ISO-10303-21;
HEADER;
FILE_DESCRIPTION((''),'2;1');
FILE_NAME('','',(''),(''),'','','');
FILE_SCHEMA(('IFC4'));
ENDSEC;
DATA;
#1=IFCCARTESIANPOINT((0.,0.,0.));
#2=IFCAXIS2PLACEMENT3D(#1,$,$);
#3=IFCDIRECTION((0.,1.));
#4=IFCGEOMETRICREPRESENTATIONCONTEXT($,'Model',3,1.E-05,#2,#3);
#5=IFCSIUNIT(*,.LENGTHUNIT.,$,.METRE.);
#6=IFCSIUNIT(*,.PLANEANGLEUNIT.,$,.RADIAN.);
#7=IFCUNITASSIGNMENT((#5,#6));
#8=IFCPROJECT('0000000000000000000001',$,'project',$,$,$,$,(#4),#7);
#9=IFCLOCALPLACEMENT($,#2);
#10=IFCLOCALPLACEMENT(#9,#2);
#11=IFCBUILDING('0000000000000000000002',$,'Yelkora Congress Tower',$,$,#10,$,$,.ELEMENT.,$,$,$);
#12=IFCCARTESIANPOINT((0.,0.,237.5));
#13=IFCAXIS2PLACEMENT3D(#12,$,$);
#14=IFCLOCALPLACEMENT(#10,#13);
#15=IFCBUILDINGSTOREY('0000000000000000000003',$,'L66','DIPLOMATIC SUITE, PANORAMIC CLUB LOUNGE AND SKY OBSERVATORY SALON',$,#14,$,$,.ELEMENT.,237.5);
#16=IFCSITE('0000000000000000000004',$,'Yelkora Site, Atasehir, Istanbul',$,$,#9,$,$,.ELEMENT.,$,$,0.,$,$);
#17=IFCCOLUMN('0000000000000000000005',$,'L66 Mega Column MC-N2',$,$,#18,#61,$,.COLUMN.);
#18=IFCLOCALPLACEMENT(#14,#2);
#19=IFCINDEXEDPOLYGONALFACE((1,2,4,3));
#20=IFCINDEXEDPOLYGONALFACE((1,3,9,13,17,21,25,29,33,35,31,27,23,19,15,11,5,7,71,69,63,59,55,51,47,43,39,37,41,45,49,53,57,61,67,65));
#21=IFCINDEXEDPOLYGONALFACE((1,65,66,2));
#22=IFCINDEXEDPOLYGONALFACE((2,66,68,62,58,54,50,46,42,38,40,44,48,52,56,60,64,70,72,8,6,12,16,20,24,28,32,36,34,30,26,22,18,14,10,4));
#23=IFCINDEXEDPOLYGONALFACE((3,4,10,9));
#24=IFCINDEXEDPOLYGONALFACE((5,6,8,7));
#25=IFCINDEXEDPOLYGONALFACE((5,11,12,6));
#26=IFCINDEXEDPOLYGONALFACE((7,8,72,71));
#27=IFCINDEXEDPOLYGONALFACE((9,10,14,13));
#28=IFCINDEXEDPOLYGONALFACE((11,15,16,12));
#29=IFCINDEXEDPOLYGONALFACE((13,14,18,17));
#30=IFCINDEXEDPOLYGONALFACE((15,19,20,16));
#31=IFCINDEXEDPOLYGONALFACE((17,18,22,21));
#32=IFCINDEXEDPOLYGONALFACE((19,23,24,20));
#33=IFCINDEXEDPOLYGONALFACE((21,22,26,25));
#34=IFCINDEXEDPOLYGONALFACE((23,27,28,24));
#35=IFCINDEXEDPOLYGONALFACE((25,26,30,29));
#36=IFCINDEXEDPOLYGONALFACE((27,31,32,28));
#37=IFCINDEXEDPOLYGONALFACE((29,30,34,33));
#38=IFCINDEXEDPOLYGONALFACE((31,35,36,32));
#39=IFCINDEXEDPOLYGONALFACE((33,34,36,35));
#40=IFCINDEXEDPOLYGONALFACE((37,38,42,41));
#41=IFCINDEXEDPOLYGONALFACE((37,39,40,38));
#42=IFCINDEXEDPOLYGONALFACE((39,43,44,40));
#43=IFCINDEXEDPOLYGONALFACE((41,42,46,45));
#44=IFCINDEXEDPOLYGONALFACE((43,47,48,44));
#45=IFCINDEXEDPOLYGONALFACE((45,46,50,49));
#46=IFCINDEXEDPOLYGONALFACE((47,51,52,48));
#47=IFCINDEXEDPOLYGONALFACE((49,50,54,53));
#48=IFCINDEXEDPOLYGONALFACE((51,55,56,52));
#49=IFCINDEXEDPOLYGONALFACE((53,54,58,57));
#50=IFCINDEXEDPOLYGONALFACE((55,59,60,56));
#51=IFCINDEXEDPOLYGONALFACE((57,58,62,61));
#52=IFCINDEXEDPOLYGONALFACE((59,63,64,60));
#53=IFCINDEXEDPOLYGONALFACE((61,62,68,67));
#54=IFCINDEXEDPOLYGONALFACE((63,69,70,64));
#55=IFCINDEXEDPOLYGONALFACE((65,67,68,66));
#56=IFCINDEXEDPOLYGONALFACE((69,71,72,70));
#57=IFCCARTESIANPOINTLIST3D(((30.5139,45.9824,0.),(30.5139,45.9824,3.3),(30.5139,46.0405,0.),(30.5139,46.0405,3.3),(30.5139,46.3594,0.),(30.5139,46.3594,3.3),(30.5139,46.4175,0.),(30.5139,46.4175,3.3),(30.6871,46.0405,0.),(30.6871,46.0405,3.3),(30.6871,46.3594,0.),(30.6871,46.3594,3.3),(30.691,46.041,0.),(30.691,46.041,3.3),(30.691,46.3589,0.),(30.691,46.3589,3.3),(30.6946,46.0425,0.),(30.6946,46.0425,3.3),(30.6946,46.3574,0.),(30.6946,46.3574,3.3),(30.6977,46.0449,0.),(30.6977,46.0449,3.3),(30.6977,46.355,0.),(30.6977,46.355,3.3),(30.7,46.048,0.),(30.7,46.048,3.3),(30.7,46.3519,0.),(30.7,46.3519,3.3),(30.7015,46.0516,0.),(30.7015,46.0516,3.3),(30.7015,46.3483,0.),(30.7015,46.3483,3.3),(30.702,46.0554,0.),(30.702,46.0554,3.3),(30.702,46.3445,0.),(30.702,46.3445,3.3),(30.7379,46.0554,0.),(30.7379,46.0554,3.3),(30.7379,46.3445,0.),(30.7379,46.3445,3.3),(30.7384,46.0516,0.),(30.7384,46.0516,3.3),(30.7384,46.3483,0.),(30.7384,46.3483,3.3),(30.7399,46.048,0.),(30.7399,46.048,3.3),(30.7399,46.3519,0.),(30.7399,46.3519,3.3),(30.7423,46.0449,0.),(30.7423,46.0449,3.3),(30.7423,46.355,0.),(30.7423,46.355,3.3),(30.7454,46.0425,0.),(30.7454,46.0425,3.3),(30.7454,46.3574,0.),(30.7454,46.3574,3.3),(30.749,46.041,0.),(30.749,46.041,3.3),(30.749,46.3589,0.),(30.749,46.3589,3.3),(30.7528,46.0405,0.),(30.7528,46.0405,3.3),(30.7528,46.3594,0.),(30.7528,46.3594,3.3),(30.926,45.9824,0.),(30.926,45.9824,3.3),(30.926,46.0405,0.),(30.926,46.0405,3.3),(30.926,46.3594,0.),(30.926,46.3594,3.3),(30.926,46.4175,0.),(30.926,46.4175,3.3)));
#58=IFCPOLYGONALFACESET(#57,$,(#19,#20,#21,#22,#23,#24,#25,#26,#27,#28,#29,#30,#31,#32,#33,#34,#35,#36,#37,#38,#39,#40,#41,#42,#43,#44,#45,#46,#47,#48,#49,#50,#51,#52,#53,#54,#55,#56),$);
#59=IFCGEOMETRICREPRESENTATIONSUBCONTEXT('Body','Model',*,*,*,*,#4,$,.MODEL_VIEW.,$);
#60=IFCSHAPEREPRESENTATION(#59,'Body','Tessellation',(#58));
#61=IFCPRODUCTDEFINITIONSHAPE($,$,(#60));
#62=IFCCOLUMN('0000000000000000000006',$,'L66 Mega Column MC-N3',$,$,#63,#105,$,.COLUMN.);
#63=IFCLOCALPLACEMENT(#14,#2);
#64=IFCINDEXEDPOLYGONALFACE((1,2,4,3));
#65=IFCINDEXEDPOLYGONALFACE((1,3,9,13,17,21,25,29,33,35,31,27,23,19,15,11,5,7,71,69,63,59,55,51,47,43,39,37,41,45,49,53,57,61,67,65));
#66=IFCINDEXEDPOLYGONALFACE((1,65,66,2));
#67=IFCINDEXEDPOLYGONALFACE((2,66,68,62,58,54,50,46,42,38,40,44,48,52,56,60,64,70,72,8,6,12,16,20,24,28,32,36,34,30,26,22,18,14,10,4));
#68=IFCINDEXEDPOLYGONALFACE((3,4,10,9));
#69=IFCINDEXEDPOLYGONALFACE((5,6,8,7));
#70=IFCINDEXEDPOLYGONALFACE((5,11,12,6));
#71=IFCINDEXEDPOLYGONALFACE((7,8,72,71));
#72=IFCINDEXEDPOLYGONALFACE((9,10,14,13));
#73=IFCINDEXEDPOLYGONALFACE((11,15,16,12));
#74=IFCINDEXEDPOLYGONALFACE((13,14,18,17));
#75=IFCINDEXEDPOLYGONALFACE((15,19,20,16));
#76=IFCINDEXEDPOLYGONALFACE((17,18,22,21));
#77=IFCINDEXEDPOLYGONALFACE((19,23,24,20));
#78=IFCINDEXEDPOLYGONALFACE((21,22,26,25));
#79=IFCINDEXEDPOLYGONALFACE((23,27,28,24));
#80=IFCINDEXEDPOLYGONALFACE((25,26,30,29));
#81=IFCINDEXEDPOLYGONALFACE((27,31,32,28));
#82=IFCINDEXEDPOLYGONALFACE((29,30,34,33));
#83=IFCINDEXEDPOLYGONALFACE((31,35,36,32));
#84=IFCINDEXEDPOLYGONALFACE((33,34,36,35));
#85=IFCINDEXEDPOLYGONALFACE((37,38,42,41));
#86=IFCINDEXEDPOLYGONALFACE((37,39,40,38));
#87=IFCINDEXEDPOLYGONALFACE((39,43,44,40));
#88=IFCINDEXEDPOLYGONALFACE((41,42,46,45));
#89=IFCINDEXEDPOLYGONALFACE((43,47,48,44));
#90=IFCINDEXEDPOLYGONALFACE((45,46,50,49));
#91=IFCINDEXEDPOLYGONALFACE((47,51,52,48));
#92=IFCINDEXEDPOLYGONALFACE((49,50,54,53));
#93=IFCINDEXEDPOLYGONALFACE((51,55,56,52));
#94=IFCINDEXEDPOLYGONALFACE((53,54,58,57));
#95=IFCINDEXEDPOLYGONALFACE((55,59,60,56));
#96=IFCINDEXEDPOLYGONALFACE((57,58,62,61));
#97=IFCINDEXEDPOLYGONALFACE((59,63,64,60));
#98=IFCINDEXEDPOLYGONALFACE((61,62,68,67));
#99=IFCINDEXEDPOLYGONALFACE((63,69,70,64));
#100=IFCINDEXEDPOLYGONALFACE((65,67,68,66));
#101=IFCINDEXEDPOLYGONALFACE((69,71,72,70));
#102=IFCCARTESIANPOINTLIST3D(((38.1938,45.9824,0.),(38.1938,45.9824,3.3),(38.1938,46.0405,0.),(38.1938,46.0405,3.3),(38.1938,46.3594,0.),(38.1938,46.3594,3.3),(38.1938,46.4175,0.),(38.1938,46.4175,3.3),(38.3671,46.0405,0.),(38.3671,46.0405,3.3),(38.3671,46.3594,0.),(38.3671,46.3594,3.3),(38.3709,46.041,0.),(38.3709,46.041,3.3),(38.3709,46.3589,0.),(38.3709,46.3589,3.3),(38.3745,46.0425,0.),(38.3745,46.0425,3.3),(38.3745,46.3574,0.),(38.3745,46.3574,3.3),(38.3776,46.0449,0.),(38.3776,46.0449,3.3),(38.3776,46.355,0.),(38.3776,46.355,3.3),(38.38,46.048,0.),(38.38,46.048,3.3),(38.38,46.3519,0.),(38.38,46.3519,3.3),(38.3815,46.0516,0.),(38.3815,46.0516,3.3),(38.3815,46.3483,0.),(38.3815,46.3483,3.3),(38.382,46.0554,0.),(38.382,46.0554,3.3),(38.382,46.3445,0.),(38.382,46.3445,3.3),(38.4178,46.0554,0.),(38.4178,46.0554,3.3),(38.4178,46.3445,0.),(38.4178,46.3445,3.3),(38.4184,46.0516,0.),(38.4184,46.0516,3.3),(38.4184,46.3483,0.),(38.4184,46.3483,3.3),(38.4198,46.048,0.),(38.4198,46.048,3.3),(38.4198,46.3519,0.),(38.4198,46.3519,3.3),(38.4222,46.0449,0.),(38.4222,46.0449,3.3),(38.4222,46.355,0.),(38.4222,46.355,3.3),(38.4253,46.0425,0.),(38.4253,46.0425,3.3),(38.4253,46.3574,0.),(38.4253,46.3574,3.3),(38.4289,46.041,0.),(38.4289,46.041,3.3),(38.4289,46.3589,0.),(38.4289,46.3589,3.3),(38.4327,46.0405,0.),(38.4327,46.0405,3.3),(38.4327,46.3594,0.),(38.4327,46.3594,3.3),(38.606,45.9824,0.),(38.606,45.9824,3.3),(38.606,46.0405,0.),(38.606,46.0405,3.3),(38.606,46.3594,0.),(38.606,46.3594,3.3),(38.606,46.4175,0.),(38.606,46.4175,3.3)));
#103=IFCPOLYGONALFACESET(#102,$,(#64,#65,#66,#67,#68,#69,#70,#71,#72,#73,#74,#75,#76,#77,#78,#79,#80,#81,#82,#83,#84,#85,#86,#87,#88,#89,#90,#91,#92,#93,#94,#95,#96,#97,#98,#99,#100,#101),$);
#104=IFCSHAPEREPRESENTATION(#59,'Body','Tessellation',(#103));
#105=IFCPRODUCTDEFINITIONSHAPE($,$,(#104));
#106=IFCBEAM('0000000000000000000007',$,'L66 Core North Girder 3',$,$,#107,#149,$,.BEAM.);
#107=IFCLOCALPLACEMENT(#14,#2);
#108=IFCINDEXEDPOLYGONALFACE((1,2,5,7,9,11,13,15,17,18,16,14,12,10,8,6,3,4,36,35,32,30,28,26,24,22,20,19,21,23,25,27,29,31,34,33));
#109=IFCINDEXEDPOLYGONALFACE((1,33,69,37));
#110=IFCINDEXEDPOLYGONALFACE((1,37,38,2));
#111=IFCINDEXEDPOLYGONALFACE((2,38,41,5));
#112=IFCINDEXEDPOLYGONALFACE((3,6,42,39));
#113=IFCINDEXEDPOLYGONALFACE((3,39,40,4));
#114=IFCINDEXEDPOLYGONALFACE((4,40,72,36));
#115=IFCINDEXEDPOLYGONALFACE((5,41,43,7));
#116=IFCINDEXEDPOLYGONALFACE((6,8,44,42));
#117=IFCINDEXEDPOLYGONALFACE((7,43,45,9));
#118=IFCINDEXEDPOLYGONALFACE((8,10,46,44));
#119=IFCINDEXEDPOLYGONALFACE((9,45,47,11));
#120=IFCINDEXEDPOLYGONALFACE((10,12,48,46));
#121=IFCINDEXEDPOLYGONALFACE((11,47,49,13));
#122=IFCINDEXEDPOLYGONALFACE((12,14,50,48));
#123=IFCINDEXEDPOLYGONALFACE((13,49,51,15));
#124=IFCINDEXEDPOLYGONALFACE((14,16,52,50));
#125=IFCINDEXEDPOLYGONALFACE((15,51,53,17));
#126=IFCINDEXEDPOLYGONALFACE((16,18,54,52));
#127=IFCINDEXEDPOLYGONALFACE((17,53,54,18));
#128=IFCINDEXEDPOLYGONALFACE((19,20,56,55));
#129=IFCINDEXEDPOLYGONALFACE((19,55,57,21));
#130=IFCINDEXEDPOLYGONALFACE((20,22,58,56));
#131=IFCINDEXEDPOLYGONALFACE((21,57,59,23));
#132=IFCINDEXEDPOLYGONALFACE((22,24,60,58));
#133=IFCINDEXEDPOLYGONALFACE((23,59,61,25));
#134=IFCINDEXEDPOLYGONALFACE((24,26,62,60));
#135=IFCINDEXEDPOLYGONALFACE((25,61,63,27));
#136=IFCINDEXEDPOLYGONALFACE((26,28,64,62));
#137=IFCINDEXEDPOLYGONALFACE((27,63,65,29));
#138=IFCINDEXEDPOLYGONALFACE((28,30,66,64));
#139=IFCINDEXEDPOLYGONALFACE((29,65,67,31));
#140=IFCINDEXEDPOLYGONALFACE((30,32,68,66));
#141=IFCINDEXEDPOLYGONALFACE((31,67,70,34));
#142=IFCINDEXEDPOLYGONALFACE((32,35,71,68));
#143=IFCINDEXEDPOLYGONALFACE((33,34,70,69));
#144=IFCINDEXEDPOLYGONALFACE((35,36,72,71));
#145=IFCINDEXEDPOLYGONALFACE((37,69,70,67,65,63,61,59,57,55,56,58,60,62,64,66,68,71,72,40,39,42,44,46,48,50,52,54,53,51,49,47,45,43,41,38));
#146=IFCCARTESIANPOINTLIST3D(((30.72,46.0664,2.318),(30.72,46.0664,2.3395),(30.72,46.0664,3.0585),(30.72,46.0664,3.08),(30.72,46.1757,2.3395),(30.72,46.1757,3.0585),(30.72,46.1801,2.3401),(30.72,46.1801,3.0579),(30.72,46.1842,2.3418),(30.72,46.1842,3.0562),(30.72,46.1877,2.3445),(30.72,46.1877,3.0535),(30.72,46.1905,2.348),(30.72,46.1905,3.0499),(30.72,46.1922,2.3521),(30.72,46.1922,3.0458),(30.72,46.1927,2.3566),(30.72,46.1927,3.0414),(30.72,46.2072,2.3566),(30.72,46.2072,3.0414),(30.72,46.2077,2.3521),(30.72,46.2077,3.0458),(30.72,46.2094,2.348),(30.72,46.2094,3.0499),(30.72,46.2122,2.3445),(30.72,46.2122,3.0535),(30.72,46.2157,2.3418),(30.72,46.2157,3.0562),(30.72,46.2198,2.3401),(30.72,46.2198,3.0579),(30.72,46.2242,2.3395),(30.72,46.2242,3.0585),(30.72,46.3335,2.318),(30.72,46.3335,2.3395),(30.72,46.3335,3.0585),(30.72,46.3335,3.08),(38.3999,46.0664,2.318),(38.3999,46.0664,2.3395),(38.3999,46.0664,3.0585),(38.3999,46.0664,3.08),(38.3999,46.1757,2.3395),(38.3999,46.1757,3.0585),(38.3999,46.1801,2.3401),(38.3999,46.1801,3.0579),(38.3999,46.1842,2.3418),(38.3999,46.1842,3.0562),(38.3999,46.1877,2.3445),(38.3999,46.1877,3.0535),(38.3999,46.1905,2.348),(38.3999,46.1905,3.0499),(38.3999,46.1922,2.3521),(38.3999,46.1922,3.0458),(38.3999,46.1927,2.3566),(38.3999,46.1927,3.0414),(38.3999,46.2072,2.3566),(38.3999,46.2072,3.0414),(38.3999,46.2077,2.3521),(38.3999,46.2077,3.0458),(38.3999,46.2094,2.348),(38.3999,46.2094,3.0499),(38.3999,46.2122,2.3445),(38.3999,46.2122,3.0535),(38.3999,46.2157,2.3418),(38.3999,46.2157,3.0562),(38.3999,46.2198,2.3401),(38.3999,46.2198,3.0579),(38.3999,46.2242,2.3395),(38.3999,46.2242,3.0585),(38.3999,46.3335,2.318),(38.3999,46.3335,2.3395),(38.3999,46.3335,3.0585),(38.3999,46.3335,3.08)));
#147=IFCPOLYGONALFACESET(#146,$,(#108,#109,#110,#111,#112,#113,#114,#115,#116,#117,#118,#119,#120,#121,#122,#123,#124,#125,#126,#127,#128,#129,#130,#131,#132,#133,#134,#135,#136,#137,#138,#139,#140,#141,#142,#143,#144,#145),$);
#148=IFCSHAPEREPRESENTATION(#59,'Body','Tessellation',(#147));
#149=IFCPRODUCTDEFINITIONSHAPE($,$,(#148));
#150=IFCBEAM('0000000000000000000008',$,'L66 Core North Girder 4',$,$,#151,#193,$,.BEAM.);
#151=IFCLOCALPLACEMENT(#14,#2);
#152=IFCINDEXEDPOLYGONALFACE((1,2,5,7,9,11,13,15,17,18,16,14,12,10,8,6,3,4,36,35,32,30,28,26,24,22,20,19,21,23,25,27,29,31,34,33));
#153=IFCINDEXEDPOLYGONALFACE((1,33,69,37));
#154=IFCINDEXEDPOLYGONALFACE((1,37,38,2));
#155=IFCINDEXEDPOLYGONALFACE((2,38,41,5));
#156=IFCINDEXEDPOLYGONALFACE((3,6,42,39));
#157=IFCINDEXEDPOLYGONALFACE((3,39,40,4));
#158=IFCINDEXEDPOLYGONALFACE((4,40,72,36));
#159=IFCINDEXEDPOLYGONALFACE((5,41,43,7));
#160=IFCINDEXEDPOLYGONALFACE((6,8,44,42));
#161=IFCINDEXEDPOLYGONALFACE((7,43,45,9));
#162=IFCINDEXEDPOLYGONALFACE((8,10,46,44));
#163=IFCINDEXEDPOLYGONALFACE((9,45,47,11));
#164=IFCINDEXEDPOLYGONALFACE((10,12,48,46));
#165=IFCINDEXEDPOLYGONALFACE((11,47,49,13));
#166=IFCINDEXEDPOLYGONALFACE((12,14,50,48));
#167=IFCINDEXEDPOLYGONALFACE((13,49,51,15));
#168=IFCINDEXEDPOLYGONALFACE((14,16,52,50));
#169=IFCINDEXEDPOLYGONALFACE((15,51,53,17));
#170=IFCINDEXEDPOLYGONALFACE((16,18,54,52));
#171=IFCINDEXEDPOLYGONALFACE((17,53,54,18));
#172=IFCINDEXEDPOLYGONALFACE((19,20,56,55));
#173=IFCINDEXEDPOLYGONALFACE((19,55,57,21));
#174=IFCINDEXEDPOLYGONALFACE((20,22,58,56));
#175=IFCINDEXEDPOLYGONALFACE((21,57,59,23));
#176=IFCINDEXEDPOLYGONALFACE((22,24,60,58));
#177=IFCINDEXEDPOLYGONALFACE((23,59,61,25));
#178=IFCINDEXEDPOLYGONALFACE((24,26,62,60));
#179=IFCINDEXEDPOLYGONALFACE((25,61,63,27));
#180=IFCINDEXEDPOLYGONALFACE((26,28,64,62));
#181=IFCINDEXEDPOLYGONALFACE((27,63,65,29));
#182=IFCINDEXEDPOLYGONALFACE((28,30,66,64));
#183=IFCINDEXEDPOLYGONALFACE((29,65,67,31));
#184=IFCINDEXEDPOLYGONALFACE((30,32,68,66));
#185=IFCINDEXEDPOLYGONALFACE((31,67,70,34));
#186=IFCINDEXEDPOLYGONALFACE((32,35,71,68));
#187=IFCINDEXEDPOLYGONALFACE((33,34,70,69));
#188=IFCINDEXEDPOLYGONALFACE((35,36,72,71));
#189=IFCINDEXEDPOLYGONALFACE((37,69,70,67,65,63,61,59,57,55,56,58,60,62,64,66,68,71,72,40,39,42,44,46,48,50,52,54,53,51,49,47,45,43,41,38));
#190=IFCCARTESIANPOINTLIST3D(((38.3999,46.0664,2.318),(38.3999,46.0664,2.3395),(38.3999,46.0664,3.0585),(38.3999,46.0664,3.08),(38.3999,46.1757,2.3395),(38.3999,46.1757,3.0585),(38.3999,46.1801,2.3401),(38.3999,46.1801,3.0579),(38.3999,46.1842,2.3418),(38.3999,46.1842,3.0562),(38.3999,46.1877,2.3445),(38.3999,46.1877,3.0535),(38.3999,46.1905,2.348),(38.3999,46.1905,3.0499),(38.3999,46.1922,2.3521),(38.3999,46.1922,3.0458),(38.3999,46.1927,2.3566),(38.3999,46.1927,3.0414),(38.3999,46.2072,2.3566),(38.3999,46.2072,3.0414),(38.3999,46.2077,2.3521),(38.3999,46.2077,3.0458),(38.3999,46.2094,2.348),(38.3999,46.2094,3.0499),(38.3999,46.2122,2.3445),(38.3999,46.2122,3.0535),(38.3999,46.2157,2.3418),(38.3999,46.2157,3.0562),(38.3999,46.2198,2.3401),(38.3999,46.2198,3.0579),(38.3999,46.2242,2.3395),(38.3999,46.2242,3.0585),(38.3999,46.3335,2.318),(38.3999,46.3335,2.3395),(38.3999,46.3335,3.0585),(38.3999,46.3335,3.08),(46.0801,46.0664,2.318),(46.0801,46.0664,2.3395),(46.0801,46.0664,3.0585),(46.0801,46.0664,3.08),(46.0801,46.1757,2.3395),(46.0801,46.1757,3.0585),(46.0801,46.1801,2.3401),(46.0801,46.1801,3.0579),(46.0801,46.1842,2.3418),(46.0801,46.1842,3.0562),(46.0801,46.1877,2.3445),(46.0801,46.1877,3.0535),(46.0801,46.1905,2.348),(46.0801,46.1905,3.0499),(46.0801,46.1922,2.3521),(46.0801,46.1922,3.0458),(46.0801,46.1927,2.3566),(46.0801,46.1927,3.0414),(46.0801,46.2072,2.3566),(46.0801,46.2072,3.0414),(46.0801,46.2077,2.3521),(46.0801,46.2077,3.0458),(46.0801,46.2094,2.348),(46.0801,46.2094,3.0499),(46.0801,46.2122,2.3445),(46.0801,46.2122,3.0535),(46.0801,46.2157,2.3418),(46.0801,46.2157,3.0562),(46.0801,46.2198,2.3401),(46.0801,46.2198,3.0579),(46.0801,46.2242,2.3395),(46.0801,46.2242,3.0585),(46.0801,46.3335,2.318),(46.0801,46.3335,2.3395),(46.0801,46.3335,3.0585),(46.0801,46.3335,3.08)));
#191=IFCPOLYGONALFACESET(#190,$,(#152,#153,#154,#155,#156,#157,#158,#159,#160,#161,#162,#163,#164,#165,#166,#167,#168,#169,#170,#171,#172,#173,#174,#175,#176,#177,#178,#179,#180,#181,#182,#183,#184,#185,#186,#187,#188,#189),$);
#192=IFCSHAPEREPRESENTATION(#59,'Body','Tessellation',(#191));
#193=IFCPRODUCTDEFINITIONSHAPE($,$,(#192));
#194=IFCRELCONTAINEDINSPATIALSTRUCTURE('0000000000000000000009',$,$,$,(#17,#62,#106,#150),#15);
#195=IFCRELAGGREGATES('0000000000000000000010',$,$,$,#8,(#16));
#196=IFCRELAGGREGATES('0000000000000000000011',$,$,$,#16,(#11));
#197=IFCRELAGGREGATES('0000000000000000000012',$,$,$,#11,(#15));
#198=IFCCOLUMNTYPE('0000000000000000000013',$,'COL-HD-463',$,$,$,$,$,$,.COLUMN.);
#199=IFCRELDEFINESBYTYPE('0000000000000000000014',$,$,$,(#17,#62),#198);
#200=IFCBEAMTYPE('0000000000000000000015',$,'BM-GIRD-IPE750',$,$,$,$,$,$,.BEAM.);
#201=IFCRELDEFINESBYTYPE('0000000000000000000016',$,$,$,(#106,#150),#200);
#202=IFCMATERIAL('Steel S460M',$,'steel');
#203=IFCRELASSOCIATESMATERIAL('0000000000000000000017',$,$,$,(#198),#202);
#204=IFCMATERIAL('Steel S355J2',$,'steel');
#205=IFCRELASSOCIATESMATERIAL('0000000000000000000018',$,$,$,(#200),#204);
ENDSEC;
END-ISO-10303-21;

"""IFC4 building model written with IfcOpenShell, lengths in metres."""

from ifc_helpers import new_model, si_unit, direction, frame, origin, origin_2d, place, context, subcontext, project, spatial, i_section, extrude, material, material_profile, profile_set, type_object, element, save


model = new_model("IFC4")

# Units and contexts
model_context = context("Model", 3, precision=1e-05, world=origin(), true_north=direction((0.0, 1.0)))
body_context = subcontext(model_context, "Body", "Model", "MODEL_VIEW")
ifc_project = project(units=[si_unit("LENGTHUNIT", "METRE"), si_unit("PLANEANGLEUNIT", "RADIAN")], contexts=[model_context])

# Site, building, storey
site_placement = place(None, origin())
site = spatial("IfcSite", under=ifc_project, at=site_placement, Name="Yelkora Site, Atasehir, Istanbul", CompositionType="ELEMENT", RefElevation=0.0)
building_placement = place(site_placement, origin())
building = spatial("IfcBuilding", under=site, at=building_placement, Name="Yelkora Congress Tower", CompositionType="ELEMENT")
storey_placement = place(building_placement, frame((0.0, 0.0, 237.5)))
storey = spatial("IfcBuildingStorey", under=building, at=storey_placement, Name="L66", Description="DIPLOMATIC SUITE, PANORAMIC CLUB LOUNGE AND SKY OBSERVATORY SALON", CompositionType="ELEMENT", Elevation=237.5)

# Columns
ifc_material_1 = material(Name="Steel S460M", Category="steel")
ifc_material_profile_1 = material_profile(ifc_material_1, i_section(OverallWidth=0.4121, OverallDepth=0.4351, WebThickness=0.0359, FlangeThickness=0.0581, FilletRadius=0.0149, at=origin_2d()), Name="HD 400x463")
ifc_profile_set_1 = profile_set([ifc_material_profile_1], Name="Steel S460M")
column_type = type_object("IfcColumnType", Name="COL-HD-463", PredefinedType="COLUMN", material=ifc_profile_set_1)
for number, where, z_axis, x_axis, name in (
    (1, (30.72, 46.2, 0.0), (0.0, 0.0, 1.0), (1.0, 0.0, 0.0), "L66 Mega Column MC-N2"),
    (2, (38.3999, 46.2, 0.0), (0.0, 0.0, 1.0), (1.0, 0.0, 0.0), "L66 Mega Column MC-N3"),
):
    element("IfcColumn", number, at=place(storey_placement, frame(where, z_axis=z_axis, x_axis=x_axis)), inside=storey, type_object=column_type, Name=name, PredefinedType="COLUMN", context=body_context, shape_type="SweptSolid", body=[
        extrude(i_section(OverallWidth=0.4121, OverallDepth=0.4351, WebThickness=0.0359, FlangeThickness=0.0581, FilletRadius=0.0149, at=origin_2d()), origin(), (0.0, 0.0, 1.0), 3.3),
    ])

# Beams
ifc_material_2 = material(Name="Steel S355J2", Category="steel")
ifc_material_profile_2 = material_profile(ifc_material_2, i_section(OverallWidth=0.2671, OverallDepth=0.762, WebThickness=0.0144, FlangeThickness=0.0215, FilletRadius=0.0171, at=origin_2d()), Name="IPE 750x173")
ifc_profile_set_2 = profile_set([ifc_material_profile_2], Name="Steel S355J2")
beam_type = type_object("IfcBeamType", Name="BM-GIRD-IPE750", PredefinedType="BEAM", material=ifc_profile_set_2)
beam_1_placement = place(storey_placement, frame((30.72, 46.2, 2.699), z_axis=(1.0, 0.0, 0.0), x_axis=(0.0, 1.0, 0.0)))
element("IfcBeam", 3, at=beam_1_placement, inside=storey, type_object=beam_type, Name="L66 Core North Girder 3", PredefinedType="BEAM", context=body_context, shape_type="SweptSolid", body=[
    extrude(i_section(OverallWidth=0.2671, OverallDepth=0.762, WebThickness=0.0144, FlangeThickness=0.0215, FilletRadius=0.0171, at=origin_2d()), origin(), (0.0, 0.0, 1.0), 7.6799),
])
beam_2_placement = place(storey_placement, frame((38.3999, 46.2, 2.699), z_axis=(1.0, 0.0, 0.0), x_axis=(0.0, 1.0, 0.0)))
element("IfcBeam", 4, at=beam_2_placement, inside=storey, type_object=beam_type, Name="L66 Core North Girder 4", PredefinedType="BEAM", context=body_context, shape_type="SweptSolid", body=[
    extrude(i_section(OverallWidth=0.2671, OverallDepth=0.762, WebThickness=0.0144, FlangeThickness=0.0215, FilletRadius=0.0171, at=origin_2d()), origin(), (0.0, 0.0, 1.0), 7.6802),
])

save(model, "model.ifc")
